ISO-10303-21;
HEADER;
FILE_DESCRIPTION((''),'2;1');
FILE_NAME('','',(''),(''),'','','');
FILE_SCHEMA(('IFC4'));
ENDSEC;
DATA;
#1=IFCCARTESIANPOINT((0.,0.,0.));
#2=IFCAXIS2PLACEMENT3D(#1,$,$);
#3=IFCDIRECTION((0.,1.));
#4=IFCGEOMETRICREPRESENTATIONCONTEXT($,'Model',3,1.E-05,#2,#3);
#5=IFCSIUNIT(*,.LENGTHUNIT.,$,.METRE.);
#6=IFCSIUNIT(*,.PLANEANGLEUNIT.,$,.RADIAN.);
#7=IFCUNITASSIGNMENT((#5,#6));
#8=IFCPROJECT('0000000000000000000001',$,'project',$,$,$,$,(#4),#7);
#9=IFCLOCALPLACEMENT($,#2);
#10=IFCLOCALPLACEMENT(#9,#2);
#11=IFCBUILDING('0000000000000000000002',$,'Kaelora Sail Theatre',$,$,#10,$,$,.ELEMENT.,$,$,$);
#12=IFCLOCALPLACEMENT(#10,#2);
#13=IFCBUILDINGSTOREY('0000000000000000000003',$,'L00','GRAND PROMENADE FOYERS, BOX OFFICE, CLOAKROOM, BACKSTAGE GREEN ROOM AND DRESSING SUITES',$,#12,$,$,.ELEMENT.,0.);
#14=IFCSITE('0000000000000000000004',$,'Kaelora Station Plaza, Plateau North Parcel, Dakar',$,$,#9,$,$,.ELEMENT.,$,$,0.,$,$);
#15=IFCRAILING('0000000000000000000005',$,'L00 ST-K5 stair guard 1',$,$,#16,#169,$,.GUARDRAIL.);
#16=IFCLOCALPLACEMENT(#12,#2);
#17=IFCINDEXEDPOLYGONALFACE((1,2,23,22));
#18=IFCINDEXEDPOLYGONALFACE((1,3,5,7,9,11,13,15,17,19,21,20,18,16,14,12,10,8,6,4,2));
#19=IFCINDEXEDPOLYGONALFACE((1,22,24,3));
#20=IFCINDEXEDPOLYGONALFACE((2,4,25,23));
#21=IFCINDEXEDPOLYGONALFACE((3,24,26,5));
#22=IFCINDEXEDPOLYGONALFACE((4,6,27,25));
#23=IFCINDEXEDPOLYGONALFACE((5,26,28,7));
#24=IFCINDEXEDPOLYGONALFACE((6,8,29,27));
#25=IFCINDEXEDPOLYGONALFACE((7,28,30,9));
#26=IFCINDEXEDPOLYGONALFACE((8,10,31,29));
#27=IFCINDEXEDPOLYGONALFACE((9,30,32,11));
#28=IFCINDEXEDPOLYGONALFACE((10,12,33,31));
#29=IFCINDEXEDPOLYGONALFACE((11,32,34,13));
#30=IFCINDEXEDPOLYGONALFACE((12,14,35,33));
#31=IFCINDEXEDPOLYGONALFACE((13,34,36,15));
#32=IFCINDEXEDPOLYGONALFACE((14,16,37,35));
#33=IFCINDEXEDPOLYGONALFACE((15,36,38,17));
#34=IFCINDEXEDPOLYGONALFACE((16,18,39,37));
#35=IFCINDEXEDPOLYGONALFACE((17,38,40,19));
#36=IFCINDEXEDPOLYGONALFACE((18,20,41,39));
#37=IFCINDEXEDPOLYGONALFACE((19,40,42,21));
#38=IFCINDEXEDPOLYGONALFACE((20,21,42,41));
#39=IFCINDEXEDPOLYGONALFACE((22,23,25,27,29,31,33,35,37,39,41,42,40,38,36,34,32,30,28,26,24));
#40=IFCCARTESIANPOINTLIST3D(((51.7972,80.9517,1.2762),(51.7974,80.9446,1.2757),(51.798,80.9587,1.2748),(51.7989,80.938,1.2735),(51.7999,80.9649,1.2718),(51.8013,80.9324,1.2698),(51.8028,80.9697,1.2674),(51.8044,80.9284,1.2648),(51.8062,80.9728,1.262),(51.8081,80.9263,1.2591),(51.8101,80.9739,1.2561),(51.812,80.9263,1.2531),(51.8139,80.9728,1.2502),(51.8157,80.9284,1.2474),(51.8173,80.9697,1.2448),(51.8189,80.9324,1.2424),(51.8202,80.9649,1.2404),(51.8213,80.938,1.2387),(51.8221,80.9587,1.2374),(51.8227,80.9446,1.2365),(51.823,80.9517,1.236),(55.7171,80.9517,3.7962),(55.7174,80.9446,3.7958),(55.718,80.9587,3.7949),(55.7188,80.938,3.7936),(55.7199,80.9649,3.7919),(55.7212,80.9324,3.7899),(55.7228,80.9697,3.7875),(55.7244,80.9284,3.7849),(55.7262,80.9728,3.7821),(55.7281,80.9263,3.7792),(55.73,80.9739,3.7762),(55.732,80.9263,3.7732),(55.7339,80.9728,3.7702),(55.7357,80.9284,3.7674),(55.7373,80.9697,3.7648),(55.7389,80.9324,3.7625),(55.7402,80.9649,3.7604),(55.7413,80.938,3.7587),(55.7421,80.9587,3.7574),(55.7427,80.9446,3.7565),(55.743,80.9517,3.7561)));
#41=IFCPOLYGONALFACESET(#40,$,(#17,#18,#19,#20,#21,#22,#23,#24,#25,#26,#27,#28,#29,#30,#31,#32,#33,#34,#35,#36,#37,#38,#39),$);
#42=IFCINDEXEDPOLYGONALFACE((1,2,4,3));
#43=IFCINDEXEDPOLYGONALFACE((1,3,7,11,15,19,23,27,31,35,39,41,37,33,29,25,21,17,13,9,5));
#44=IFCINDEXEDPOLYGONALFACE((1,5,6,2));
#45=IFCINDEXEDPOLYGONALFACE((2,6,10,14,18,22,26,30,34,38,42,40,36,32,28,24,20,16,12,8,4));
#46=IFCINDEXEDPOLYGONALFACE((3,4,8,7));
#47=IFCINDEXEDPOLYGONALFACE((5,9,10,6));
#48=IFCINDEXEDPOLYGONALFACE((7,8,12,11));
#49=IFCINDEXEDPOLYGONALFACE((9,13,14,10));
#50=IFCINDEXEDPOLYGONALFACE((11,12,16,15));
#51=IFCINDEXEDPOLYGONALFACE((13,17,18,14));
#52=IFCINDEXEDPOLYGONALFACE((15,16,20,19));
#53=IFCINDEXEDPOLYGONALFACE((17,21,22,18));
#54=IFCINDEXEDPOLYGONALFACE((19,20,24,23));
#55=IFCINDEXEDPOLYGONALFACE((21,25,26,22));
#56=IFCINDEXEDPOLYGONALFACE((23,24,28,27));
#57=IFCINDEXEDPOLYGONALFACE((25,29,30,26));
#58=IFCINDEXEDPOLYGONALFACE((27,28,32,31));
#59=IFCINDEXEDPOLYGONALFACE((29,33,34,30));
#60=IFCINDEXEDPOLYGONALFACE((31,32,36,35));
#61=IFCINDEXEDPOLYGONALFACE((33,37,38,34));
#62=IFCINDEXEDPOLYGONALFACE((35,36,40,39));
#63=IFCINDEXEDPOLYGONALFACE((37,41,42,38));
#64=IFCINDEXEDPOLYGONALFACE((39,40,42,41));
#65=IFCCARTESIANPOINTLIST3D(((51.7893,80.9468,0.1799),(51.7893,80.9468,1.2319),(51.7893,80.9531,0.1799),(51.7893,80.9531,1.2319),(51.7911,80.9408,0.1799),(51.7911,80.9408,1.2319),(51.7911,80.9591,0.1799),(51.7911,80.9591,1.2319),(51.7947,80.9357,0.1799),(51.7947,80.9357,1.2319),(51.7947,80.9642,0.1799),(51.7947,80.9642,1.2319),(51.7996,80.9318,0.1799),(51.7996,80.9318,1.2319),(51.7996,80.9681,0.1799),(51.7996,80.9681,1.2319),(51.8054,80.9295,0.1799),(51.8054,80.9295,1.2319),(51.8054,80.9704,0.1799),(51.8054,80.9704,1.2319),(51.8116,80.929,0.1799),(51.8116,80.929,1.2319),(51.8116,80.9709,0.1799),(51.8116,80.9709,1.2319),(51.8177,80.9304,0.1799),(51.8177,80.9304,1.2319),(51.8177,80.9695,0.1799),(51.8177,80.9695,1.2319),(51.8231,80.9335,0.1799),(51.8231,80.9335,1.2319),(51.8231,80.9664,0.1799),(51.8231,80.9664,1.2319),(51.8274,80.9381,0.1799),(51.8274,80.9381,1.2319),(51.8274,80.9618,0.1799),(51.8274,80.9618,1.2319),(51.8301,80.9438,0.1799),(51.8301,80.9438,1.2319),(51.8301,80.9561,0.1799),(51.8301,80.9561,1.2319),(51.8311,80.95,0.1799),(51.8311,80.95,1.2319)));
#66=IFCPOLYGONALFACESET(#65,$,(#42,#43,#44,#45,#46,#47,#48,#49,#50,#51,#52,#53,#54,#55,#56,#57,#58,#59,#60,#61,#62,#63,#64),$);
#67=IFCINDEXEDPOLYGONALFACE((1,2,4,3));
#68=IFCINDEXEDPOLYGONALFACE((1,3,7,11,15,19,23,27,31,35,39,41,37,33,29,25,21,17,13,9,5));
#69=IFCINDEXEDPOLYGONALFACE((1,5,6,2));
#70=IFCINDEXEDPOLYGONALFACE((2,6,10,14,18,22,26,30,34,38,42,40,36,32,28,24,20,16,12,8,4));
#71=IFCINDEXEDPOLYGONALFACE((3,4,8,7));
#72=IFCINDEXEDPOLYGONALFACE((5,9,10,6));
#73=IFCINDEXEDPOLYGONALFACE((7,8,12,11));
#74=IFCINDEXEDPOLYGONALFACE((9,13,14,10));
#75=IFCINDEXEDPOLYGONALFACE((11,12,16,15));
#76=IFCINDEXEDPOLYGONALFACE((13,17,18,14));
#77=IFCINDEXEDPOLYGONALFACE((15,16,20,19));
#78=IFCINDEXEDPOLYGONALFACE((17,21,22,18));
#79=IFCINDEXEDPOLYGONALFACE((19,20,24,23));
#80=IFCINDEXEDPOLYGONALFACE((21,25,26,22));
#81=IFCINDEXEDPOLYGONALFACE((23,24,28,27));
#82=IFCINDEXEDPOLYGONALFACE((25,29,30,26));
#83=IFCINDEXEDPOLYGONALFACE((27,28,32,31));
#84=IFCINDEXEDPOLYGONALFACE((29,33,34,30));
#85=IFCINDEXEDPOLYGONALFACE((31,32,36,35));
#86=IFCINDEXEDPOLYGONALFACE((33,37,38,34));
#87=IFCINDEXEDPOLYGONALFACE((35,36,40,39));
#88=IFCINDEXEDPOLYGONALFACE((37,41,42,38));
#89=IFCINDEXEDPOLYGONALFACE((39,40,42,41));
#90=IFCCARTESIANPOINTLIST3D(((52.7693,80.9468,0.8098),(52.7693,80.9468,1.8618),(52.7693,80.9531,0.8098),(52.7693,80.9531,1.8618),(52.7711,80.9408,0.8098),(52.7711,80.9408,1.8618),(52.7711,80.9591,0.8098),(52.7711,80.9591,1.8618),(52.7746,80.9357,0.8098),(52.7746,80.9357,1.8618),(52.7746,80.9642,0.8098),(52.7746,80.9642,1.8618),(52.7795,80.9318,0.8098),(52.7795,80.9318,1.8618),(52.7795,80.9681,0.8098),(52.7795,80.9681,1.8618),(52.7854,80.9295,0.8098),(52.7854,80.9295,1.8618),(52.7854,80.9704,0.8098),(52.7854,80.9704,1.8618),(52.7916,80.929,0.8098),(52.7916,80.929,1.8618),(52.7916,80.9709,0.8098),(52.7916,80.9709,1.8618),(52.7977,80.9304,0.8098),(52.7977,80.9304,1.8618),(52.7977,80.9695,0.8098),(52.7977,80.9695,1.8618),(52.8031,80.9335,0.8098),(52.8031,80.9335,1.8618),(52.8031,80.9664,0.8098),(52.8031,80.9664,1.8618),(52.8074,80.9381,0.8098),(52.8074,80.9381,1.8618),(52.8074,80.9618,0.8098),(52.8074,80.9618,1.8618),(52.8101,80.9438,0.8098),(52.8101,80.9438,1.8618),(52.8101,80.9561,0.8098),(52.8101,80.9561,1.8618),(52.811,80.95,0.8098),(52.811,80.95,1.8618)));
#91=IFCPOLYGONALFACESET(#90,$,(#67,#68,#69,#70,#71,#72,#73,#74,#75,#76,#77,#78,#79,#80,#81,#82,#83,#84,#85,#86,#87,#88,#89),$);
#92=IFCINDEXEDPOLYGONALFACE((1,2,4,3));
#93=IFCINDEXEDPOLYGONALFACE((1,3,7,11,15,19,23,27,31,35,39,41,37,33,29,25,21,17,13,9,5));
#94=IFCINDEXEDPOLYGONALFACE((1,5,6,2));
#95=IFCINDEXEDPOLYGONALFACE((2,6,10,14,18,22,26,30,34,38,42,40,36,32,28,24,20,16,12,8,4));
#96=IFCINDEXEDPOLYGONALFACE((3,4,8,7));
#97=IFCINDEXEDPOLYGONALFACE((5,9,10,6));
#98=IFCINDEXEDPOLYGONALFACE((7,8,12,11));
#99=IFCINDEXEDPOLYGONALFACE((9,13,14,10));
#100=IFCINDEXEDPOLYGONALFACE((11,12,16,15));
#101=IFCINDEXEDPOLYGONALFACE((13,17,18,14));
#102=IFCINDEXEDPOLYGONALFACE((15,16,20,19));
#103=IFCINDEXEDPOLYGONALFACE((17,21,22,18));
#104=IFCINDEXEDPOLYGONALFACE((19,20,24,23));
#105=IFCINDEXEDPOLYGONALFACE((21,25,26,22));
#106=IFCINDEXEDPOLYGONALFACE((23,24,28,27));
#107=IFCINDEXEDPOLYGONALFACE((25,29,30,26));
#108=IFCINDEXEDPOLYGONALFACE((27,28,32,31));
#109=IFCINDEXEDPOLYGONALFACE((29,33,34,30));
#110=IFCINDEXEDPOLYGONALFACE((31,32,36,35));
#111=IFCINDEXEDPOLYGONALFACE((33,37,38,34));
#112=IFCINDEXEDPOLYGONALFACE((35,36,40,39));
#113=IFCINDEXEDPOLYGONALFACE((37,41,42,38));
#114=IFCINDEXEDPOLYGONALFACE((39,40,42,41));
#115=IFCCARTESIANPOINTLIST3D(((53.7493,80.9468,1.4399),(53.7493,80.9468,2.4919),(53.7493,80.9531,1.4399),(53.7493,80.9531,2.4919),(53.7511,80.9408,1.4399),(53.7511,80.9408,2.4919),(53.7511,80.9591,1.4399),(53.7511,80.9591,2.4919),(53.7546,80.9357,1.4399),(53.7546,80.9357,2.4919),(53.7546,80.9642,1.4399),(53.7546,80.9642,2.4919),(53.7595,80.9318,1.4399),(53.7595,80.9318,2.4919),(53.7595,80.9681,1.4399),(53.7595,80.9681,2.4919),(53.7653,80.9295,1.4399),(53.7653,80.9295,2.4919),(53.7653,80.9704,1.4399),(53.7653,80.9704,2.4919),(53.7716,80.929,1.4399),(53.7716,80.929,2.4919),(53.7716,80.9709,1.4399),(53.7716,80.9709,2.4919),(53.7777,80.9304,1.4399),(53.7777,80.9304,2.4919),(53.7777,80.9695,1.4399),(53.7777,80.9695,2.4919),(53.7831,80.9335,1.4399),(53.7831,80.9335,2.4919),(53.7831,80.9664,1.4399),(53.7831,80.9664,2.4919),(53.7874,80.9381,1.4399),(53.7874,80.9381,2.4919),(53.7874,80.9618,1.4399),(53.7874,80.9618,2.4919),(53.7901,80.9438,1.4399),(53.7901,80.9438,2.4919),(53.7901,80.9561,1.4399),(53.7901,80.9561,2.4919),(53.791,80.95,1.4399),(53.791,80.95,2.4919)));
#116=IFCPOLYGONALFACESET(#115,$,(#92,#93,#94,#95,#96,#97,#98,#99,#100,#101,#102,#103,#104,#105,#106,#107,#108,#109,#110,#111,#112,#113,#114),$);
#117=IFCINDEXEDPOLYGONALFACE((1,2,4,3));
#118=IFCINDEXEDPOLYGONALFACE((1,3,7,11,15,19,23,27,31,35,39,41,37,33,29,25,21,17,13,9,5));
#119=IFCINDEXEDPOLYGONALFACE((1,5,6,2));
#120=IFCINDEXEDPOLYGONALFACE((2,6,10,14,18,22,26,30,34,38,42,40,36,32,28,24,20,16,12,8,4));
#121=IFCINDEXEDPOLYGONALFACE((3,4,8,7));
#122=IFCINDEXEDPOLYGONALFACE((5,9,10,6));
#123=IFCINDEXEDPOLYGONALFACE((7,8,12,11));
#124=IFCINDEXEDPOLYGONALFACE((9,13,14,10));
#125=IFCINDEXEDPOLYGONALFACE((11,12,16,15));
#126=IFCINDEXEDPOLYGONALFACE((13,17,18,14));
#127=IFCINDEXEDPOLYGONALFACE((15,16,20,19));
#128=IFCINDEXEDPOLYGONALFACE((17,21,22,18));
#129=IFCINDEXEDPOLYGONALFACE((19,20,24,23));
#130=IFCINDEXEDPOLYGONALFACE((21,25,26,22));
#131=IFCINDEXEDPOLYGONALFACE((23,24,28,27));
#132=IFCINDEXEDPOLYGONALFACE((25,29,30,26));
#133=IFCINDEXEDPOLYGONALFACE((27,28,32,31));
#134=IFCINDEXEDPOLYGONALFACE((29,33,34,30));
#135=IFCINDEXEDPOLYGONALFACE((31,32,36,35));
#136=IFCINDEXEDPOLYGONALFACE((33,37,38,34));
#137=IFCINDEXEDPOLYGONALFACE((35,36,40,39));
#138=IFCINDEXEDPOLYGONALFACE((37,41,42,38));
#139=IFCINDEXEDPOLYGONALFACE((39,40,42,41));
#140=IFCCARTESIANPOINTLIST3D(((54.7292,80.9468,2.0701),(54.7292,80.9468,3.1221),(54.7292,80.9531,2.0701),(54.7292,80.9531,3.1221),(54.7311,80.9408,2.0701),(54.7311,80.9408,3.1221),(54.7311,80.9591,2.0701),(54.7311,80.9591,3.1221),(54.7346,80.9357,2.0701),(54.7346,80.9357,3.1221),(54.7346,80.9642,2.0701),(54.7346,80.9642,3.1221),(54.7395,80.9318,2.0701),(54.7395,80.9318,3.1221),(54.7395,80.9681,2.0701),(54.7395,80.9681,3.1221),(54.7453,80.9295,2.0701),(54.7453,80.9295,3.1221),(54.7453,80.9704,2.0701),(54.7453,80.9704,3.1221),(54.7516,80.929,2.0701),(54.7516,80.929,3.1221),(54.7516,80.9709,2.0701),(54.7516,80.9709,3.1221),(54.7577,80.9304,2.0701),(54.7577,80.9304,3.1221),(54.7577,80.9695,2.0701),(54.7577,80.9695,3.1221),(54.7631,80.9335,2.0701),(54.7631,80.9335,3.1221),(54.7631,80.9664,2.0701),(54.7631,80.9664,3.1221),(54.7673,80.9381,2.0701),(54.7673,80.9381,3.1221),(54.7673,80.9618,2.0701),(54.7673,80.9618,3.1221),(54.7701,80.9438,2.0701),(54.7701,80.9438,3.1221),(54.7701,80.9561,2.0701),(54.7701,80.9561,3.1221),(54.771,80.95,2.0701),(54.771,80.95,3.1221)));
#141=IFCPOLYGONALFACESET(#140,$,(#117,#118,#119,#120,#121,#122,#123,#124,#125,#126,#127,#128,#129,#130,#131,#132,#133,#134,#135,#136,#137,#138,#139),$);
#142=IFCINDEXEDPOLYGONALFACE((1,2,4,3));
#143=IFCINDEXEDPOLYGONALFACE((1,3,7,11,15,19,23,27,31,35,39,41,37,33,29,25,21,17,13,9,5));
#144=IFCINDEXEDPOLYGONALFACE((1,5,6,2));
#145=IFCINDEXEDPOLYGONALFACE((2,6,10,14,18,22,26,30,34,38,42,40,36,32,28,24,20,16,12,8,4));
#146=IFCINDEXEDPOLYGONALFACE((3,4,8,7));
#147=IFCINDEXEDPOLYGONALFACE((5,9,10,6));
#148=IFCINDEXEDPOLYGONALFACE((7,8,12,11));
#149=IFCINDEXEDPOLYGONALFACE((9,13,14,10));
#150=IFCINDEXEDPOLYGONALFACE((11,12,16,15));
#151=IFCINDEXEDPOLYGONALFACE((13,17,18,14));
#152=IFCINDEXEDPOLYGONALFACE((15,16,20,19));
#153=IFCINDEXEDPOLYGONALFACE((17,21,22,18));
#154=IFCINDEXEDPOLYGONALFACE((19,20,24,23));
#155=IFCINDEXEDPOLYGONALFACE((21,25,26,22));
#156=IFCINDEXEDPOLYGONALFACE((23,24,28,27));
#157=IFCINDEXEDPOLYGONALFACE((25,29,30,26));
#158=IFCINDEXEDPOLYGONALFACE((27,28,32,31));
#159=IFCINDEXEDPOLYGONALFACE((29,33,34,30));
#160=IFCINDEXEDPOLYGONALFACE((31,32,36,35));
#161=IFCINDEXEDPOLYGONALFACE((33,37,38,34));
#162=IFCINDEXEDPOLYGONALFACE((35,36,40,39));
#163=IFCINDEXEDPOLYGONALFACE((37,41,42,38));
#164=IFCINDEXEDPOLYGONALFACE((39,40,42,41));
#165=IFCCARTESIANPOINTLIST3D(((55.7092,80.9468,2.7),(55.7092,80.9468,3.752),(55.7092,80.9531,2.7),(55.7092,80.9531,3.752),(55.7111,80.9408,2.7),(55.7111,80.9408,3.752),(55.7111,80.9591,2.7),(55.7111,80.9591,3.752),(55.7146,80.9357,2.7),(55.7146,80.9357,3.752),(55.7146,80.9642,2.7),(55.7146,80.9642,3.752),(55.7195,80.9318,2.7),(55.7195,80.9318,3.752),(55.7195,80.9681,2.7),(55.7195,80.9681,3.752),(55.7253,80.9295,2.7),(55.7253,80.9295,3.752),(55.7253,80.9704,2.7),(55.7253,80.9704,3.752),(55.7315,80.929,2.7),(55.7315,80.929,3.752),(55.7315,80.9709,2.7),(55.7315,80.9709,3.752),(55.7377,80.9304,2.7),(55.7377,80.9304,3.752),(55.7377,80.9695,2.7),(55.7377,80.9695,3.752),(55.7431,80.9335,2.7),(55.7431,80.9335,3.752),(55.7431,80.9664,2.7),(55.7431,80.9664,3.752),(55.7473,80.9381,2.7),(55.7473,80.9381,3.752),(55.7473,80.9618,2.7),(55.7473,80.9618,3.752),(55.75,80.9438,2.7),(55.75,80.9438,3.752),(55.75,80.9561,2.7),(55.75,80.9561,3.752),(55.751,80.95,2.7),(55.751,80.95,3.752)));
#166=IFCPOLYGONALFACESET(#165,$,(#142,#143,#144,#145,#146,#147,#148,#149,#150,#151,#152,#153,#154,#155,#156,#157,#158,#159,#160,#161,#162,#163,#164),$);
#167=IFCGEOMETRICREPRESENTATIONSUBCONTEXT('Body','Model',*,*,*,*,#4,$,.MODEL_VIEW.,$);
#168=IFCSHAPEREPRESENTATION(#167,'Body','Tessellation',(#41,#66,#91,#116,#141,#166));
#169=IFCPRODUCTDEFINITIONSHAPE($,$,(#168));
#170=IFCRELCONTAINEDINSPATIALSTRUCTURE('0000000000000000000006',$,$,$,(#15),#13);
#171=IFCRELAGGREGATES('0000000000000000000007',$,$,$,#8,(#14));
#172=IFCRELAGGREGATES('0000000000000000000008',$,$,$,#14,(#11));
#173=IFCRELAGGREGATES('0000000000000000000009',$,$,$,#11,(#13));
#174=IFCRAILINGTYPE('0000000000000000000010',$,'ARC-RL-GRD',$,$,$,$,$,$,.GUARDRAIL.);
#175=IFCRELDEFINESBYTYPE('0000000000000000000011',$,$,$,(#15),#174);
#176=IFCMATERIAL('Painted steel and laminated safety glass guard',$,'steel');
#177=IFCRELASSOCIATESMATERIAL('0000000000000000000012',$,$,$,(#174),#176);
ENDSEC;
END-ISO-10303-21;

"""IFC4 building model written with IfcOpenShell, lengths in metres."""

from ifc_helpers import new_model, si_unit, direction, frame, origin, origin_2d, place, context, subcontext, project, spatial, circle, extrude, material, type_object, element, save


model = new_model("IFC4")

# Units and contexts
model_context = context("Model", 3, precision=1e-05, world=origin(), true_north=direction((0.0, 1.0)))
body_context = subcontext(model_context, "Body", "Model", "MODEL_VIEW")
ifc_project = project(units=[si_unit("LENGTHUNIT", "METRE"), si_unit("PLANEANGLEUNIT", "RADIAN")], contexts=[model_context])

# Site, building, storey
site_placement = place(None, origin())
site = spatial("IfcSite", under=ifc_project, at=site_placement, Name="Kaelora Station Plaza, Plateau North Parcel, Dakar", CompositionType="ELEMENT", RefElevation=0.0)
building_placement = place(site_placement, origin())
building = spatial("IfcBuilding", under=site, at=building_placement, Name="Kaelora Sail Theatre", CompositionType="ELEMENT")
storey_placement = place(building_placement, origin())
storey = spatial("IfcBuildingStorey", under=building, at=storey_placement, Name="L00", Description="GRAND PROMENADE FOYERS, BOX OFFICE, CLOAKROOM, BACKSTAGE GREEN ROOM AND DRESSING SUITES", CompositionType="ELEMENT", Elevation=0.0)

# Railing
ifc_material_1 = material(Name="Painted steel and laminated safety glass guard", Category="steel")
railing_type_1 = type_object("IfcRailingType", Name="ARC-RL-GRD", PredefinedType="GUARDRAIL", material=ifc_material_1)
railing_1_placement = place(storey_placement, frame((51.8101, 80.95, 0.1799)))
element("IfcRailing", 1, at=railing_1_placement, inside=storey, type_object=railing_type_1, Name="L00 ST-K5 stair guard 1", PredefinedType="GUARDRAIL", context=body_context, shape_type="SweptSolid", body=[
    extrude(circle(Radius=0.0239, at=origin_2d()), frame((0.0, 0.0, 1.0762), z_axis=(0.841172, 0.0, 0.540768), x_axis=(0.0, 1.0, 0.0)), (0.0, 0.0, 1.0), 4.6602),
    extrude(circle(Radius=0.021, at=origin_2d()), origin(), (0.0, 0.0, 1.0), 1.052),
    extrude(circle(Radius=0.021, at=origin_2d()), frame((0.98, 0.0, 0.6299)), (0.0, 0.0, 1.0), 1.052),
    extrude(circle(Radius=0.021, at=origin_2d()), frame((1.96, 0.0, 1.26)), (0.0, 0.0, 1.0), 1.052),
    extrude(circle(Radius=0.021, at=origin_2d()), frame((2.9399, 0.0, 1.8901)), (0.0, 0.0, 1.0), 1.052),
    extrude(circle(Radius=0.021, at=origin_2d()), frame((3.9199, 0.0, 2.52)), (0.0, 0.0, 1.0), 1.052),
])

save(model, "model.ifc")
